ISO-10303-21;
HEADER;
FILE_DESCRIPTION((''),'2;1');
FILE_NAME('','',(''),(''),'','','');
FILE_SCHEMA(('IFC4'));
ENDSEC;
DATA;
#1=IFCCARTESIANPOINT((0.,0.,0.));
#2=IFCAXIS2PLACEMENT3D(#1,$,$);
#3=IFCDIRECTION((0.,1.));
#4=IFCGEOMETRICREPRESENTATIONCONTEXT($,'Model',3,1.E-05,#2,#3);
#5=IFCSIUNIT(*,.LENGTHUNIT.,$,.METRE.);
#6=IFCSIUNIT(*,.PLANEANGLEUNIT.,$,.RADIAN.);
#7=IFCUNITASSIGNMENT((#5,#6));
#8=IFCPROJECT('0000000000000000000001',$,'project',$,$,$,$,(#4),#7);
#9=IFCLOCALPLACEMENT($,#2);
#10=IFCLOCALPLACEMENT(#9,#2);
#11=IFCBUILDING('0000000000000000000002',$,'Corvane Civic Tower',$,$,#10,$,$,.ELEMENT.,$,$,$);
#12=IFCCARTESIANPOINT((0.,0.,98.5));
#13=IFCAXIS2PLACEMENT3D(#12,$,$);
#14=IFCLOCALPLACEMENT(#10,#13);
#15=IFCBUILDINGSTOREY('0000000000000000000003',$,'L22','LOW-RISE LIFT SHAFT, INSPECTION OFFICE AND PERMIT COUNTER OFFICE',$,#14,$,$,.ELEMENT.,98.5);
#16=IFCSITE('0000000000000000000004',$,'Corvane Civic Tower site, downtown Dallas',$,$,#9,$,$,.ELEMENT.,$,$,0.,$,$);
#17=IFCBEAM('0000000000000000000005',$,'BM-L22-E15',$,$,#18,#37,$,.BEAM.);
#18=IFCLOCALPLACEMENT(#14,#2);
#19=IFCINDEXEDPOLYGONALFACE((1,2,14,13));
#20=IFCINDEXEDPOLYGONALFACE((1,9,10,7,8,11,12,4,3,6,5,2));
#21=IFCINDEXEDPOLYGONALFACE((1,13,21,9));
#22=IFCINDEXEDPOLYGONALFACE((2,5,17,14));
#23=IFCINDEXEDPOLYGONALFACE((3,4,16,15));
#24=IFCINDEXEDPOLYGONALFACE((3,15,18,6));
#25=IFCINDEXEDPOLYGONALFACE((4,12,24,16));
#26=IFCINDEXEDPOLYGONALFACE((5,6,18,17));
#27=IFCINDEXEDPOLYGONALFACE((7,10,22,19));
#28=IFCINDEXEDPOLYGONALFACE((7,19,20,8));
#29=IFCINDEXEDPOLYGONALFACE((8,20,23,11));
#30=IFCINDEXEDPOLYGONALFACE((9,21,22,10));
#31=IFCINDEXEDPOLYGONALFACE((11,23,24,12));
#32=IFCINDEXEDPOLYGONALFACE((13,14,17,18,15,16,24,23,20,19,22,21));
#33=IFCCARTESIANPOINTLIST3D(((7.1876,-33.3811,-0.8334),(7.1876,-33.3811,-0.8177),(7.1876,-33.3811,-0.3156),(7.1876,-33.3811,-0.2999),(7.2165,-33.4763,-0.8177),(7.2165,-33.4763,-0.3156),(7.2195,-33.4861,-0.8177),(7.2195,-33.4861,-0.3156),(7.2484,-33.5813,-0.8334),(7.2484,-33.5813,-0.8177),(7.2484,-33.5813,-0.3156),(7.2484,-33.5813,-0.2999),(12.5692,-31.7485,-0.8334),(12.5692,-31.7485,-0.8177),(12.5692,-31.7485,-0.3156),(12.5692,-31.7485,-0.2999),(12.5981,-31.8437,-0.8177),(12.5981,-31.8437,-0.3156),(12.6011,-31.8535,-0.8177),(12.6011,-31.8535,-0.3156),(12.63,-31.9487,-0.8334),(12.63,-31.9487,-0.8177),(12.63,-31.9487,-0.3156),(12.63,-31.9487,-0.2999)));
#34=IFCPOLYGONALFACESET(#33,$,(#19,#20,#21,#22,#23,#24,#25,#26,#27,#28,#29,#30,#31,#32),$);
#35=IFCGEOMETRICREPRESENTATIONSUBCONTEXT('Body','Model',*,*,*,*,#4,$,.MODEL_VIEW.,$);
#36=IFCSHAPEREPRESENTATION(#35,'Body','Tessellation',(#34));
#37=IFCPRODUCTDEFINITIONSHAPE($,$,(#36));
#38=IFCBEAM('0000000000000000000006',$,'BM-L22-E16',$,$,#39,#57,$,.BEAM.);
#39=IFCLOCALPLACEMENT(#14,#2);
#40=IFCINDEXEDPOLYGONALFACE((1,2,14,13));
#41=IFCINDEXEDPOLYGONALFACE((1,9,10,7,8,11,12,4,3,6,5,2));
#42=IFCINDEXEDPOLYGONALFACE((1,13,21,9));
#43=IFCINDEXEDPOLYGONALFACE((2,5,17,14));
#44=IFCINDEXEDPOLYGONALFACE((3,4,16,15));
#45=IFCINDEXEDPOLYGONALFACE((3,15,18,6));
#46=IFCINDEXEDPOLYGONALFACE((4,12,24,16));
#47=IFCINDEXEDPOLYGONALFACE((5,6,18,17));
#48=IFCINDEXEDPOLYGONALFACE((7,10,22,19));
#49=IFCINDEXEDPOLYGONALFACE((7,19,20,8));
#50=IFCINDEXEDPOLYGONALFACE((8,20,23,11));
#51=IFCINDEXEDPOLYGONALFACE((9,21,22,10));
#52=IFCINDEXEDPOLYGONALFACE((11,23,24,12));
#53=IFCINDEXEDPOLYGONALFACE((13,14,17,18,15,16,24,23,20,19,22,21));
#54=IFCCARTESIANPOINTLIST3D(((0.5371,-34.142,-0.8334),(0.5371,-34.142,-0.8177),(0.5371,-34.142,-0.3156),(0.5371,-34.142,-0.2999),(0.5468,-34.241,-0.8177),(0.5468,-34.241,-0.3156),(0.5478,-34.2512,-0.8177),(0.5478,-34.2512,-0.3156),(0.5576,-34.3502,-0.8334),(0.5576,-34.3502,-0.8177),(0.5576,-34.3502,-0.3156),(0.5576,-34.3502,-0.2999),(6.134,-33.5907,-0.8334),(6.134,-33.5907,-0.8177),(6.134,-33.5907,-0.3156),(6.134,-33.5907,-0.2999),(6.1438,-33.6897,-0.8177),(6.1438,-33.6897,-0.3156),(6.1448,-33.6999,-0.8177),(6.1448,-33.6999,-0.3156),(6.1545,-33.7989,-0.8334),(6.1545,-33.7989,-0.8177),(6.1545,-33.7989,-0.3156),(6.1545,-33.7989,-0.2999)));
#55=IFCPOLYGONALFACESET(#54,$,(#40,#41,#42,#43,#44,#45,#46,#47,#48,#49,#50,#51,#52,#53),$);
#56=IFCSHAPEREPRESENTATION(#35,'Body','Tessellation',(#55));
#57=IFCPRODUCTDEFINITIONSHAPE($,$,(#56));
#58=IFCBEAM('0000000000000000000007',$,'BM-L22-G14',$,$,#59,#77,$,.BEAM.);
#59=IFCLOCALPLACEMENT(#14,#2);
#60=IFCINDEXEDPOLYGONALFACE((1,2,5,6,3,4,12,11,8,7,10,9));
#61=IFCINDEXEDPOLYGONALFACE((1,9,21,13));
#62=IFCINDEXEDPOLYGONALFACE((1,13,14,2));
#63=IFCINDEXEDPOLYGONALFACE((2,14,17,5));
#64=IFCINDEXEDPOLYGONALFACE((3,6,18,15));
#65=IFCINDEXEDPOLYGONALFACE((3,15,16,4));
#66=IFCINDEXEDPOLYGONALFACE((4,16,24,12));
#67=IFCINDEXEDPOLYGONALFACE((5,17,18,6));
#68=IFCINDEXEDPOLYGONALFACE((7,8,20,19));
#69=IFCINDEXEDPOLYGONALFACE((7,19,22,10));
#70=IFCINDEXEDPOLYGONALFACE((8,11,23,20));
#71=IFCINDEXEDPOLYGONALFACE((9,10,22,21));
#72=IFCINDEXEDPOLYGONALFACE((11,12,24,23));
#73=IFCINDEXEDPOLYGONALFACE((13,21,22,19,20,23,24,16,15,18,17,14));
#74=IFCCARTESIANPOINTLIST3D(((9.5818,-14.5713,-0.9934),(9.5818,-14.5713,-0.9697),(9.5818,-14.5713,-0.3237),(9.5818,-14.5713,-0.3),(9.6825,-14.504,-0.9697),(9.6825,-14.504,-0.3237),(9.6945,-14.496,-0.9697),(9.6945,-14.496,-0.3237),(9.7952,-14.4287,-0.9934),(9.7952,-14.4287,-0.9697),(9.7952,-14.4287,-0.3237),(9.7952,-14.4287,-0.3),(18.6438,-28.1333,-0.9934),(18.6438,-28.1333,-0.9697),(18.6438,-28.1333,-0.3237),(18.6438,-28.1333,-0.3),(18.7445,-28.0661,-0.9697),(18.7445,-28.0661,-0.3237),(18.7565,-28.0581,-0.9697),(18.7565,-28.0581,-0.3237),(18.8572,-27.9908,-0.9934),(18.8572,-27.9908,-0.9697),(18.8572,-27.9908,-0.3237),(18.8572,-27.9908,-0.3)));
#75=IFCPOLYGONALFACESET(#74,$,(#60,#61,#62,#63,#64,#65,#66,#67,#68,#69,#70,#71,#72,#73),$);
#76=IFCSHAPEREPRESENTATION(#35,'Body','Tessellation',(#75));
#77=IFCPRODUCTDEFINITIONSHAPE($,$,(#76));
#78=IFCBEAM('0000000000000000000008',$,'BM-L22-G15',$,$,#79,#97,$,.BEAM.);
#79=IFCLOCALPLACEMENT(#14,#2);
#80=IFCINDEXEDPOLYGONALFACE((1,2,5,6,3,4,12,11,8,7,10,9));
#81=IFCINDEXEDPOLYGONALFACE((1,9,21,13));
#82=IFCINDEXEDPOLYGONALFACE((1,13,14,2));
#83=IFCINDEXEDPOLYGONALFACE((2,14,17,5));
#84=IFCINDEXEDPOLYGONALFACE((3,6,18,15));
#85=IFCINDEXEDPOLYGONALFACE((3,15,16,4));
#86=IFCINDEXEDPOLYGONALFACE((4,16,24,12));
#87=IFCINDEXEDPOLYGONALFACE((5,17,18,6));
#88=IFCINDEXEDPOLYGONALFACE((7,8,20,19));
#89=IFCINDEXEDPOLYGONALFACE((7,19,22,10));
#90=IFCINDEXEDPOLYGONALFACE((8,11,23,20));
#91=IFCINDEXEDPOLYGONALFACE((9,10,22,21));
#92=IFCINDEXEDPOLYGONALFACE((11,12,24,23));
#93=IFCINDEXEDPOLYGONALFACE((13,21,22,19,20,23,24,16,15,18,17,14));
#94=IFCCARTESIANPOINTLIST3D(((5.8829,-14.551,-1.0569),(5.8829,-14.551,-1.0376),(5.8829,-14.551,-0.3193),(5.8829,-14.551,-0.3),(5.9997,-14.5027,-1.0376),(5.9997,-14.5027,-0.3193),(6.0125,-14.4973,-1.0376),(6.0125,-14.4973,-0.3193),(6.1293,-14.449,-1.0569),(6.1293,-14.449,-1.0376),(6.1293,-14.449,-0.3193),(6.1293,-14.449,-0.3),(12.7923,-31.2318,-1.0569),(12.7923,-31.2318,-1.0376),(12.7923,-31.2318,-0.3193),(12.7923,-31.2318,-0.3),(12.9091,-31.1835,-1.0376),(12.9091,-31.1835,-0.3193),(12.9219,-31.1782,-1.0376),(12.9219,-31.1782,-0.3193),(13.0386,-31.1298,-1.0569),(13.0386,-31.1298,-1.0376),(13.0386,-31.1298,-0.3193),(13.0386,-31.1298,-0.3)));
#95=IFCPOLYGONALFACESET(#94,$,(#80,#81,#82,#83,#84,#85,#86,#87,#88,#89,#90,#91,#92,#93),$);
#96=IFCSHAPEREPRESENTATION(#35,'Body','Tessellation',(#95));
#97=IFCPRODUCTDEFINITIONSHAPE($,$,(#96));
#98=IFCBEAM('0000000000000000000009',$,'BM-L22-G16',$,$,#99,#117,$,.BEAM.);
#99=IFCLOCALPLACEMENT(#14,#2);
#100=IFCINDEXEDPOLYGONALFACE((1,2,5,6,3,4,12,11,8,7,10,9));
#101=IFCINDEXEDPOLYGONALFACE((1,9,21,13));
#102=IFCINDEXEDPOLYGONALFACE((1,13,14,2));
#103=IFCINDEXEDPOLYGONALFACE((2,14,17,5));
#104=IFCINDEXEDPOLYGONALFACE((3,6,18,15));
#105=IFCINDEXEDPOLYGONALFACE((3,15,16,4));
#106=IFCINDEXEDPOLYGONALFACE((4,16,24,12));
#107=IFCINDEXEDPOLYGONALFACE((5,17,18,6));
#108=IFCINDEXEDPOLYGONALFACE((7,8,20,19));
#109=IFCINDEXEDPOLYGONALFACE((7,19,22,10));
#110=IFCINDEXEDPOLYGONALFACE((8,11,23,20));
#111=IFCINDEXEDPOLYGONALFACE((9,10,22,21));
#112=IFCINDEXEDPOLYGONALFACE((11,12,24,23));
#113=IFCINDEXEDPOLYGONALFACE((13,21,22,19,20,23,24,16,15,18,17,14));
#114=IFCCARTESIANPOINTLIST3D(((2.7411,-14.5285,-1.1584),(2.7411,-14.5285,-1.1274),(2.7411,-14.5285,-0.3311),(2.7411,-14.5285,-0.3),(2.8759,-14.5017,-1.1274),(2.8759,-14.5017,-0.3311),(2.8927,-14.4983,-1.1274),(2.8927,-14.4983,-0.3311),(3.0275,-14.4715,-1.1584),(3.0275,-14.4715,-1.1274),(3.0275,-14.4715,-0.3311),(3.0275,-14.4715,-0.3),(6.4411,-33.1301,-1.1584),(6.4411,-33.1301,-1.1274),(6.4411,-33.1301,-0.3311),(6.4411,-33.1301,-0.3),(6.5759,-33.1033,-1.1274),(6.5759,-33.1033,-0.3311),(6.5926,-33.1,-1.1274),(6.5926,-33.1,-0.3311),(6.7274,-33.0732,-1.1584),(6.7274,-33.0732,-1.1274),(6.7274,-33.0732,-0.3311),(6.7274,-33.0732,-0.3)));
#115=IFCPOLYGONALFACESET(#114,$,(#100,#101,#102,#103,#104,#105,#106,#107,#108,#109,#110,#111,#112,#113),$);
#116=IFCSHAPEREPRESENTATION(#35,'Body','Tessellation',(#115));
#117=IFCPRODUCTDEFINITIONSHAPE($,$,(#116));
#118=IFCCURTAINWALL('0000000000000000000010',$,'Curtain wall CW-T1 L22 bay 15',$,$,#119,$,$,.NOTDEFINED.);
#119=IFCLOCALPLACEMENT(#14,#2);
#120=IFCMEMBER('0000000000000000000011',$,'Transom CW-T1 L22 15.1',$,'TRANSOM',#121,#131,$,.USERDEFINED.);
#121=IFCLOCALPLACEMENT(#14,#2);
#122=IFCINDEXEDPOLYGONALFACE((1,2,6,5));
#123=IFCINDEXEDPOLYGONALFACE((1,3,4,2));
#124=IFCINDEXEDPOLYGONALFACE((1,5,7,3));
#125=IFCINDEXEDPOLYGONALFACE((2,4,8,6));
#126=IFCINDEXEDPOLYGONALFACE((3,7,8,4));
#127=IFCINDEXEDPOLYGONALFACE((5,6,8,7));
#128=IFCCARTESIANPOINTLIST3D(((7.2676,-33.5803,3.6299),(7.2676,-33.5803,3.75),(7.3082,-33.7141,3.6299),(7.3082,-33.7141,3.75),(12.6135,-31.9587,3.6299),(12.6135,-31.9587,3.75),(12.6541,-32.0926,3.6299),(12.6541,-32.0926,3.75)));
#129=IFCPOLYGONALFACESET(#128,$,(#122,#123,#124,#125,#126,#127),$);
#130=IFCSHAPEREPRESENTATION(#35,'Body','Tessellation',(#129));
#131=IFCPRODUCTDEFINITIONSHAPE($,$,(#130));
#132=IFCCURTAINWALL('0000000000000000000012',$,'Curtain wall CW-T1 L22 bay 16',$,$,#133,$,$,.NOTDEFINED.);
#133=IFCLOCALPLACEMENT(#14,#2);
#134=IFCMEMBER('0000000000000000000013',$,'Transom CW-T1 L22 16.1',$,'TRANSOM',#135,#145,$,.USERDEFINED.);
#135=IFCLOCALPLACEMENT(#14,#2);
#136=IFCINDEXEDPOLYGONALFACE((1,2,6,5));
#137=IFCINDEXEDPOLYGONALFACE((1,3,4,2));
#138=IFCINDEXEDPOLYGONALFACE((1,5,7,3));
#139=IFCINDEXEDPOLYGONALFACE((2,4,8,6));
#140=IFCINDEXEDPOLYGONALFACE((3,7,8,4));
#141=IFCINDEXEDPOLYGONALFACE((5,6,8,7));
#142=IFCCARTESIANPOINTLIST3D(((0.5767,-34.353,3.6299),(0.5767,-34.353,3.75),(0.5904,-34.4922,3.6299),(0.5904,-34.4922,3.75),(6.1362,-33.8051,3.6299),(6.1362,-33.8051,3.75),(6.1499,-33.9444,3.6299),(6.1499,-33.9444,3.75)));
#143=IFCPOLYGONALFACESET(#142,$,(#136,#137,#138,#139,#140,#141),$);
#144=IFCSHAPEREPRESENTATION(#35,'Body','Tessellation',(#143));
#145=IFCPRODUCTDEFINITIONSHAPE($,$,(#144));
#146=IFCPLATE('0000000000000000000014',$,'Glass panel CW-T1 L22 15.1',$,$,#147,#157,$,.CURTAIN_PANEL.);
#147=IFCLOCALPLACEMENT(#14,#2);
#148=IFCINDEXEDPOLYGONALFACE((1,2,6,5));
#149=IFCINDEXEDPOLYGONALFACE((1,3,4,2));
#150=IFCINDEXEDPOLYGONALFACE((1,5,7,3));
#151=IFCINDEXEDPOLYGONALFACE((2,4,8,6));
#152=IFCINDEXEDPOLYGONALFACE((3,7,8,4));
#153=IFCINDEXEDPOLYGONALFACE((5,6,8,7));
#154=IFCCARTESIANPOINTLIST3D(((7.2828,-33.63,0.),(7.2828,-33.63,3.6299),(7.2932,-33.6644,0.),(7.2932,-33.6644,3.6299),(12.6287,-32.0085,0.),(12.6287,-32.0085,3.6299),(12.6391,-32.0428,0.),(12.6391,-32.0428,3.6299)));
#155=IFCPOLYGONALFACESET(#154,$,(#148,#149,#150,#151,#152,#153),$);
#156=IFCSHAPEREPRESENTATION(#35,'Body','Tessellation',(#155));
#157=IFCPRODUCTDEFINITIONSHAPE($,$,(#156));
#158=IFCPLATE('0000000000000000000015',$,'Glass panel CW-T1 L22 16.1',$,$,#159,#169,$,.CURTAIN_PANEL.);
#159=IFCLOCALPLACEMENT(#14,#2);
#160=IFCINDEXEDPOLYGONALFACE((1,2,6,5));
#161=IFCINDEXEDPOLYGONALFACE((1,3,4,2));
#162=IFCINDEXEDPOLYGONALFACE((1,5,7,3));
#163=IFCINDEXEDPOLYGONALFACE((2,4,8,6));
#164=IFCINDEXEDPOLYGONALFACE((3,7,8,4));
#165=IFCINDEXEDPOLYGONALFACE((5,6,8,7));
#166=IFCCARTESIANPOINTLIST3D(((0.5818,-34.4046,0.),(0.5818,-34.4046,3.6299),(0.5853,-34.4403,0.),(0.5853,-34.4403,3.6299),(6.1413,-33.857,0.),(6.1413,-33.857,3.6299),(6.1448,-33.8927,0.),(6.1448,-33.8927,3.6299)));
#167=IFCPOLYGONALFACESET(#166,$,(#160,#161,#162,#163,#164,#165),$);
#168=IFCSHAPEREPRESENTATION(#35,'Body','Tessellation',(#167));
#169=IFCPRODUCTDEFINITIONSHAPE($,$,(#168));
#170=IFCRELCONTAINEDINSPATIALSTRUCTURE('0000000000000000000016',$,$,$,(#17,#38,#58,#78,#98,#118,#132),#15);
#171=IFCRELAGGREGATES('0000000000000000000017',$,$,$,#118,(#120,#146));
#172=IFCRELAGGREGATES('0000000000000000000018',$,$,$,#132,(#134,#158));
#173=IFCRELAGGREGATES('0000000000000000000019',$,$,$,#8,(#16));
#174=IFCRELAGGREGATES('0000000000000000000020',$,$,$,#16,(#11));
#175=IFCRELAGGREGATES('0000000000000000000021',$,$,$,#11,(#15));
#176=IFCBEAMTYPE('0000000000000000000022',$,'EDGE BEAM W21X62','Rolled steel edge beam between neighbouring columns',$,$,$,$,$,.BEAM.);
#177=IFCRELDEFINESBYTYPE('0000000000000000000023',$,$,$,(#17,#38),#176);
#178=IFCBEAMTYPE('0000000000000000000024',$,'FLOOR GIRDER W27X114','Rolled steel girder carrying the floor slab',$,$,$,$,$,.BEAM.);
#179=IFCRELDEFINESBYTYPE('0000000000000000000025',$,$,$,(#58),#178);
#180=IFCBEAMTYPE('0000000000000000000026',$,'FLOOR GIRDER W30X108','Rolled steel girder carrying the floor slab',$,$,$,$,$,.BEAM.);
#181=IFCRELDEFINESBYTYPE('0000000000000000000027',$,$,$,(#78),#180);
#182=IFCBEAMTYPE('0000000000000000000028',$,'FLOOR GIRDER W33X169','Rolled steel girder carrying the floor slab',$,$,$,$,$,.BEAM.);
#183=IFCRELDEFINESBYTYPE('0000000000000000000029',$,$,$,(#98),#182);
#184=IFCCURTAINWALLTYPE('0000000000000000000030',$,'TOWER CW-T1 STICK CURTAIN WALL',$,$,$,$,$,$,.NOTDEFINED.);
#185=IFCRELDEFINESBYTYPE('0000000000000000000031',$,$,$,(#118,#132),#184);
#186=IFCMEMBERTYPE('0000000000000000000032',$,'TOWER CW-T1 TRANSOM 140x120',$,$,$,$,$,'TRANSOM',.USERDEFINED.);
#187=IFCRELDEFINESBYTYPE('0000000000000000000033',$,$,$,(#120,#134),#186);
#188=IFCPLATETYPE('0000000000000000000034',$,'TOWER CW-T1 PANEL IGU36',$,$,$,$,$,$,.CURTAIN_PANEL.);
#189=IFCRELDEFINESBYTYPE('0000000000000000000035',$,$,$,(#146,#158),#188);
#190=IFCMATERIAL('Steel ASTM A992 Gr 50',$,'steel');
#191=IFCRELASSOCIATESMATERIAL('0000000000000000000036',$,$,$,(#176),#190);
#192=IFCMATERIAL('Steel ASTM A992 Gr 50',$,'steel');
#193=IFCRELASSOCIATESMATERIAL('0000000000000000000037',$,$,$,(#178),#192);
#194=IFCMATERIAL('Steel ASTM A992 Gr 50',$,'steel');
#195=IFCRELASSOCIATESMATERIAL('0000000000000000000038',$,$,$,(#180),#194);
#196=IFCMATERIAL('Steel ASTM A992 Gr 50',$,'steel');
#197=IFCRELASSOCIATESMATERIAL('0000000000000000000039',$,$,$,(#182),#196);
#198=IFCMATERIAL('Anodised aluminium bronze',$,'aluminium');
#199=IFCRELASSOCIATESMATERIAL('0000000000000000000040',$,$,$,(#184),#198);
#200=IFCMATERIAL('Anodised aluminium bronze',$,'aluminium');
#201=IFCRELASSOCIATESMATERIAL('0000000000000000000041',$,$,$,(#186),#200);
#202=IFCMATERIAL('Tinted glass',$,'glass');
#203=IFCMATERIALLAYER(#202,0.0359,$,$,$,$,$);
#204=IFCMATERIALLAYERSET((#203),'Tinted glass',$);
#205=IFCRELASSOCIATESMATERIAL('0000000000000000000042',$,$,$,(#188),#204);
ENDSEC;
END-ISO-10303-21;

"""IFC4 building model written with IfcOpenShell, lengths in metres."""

from ifc_helpers import new_model, si_unit, direction, frame, origin, origin_2d, place, context, subcontext, project, spatial, rectangle, i_section, extrude, material, layer, layer_set, material_profile, profile_set, type_object, element, aggregate, save


model = new_model("IFC4")

# Units and contexts
model_context = context("Model", 3, precision=1e-05, world=origin(), true_north=direction((0.0, 1.0)))
body_context = subcontext(model_context, "Body", "Model", "MODEL_VIEW")
ifc_project = project(units=[si_unit("LENGTHUNIT", "METRE"), si_unit("PLANEANGLEUNIT", "RADIAN")], contexts=[model_context])

# Site, building, storey
site_placement = place(None, origin())
site = spatial("IfcSite", under=ifc_project, at=site_placement, Name="Corvane Civic Tower site, downtown Dallas", CompositionType="ELEMENT", RefElevation=0.0)
building_placement = place(site_placement, origin())
building = spatial("IfcBuilding", under=site, at=building_placement, Name="Corvane Civic Tower", CompositionType="ELEMENT")
storey_placement = place(building_placement, frame((0.0, 0.0, 98.5)))
storey = spatial("IfcBuildingStorey", under=building, at=storey_placement, Name="L22", Description="LOW-RISE LIFT SHAFT, INSPECTION OFFICE AND PERMIT COUNTER OFFICE", CompositionType="ELEMENT", Elevation=98.5)

# Beams
ifc_material_1 = material(Name="Steel ASTM A992 Gr 50", Category="steel")
ifc_material_profile_1 = material_profile(ifc_material_1, i_section(OverallWidth=0.2092, OverallDepth=0.5334, WebThickness=0.0103, FlangeThickness=0.0156, at=origin_2d()), Name="W21X62")
ifc_profile_set_1 = profile_set([ifc_material_profile_1], Name="Steel ASTM A992 Gr 50")
beam_type_1 = type_object("IfcBeamType", Name="EDGE BEAM W21X62", Description="Rolled steel edge beam between neighbouring columns", PredefinedType="BEAM", material=ifc_profile_set_1)
beam_1_placement = place(storey_placement, frame((12.5996, -31.8486, -0.5667), z_axis=(-0.956936, -0.290298, 0.0), x_axis=(0.290298, -0.956936, 0.0)))
element("IfcBeam", 1, at=beam_1_placement, inside=storey, type_object=beam_type_1, Name="BM-L22-E15", PredefinedType="BEAM", context=body_context, shape_type="SweptSolid", body=[
    extrude(i_section(OverallWidth=0.2092, OverallDepth=0.5334, WebThickness=0.0103, FlangeThickness=0.0156, at=origin_2d()), origin(), (0.0, 0.0, 1.0), 5.6238),
])
beam_2_placement = place(storey_placement, frame((6.1443, -33.6948, -0.5667), z_axis=(-0.995184, -0.098021, 0.0), x_axis=(0.098021, -0.995184, 0.0)))
element("IfcBeam", 2, at=beam_2_placement, inside=storey, type_object=beam_type_1, Name="BM-L22-E16", PredefinedType="BEAM", context=body_context, shape_type="SweptSolid", body=[
    extrude(i_section(OverallWidth=0.2092, OverallDepth=0.5334, WebThickness=0.0103, FlangeThickness=0.0156, at=origin_2d()), origin(), (0.0, 0.0, 1.0), 5.624),
])
ifc_material_2 = material(Name="Steel ASTM A992 Gr 50", Category="steel")
ifc_material_profile_2 = material_profile(ifc_material_2, i_section(OverallWidth=0.2566, OverallDepth=0.6934, WebThickness=0.0144, FlangeThickness=0.0237, at=origin_2d()), Name="W27X114")
ifc_profile_set_2 = profile_set([ifc_material_profile_2], Name="Steel ASTM A992 Gr 50")
beam_type_2 = type_object("IfcBeamType", Name="FLOOR GIRDER W27X114", Description="Rolled steel girder carrying the floor slab", PredefinedType="BEAM", material=ifc_profile_set_2)
beam_3_placement = place(storey_placement, frame((9.6885, -14.5, -0.6467), z_axis=(0.555577, -0.831465, 0.0), x_axis=(0.831465, 0.555577, 0.0)))
element("IfcBeam", 3, at=beam_3_placement, inside=storey, type_object=beam_type_2, Name="BM-L22-G14", PredefinedType="BEAM", context=body_context, shape_type="SweptSolid", body=[
    extrude(i_section(OverallWidth=0.2566, OverallDepth=0.6934, WebThickness=0.0144, FlangeThickness=0.0237, at=origin_2d()), origin(), (0.0, 0.0, 1.0), 16.311),
])
ifc_material_3 = material(Name="Steel ASTM A992 Gr 50", Category="steel")
ifc_material_profile_3 = material_profile(ifc_material_3, i_section(OverallWidth=0.2666, OverallDepth=0.7568, WebThickness=0.0139, FlangeThickness=0.0193, at=origin_2d()), Name="W30X108")
ifc_profile_set_3 = profile_set([ifc_material_profile_3], Name="Steel ASTM A992 Gr 50")
beam_type_3 = type_object("IfcBeamType", Name="FLOOR GIRDER W30X108", Description="Rolled steel girder carrying the floor slab", PredefinedType="BEAM", material=ifc_profile_set_3)
beam_4_placement = place(storey_placement, frame((6.0061, -14.5, -0.6785), z_axis=(0.382682, -0.92388, 0.0), x_axis=(0.92388, 0.382682, 0.0)))
element("IfcBeam", 4, at=beam_4_placement, inside=storey, type_object=beam_type_3, Name="BM-L22-G15", PredefinedType="BEAM", context=body_context, shape_type="SweptSolid", body=[
    extrude(i_section(OverallWidth=0.2666, OverallDepth=0.7568, WebThickness=0.0139, FlangeThickness=0.0193, at=origin_2d()), origin(), (0.0, 0.0, 1.0), 18.0552),
])
ifc_material_4 = material(Name="Steel ASTM A992 Gr 50", Category="steel")
ifc_material_profile_4 = material_profile(ifc_material_4, i_section(OverallWidth=0.292, OverallDepth=0.8584, WebThickness=0.0171, FlangeThickness=0.031, at=origin_2d()), Name="W33X169")
ifc_profile_set_4 = profile_set([ifc_material_profile_4], Name="Steel ASTM A992 Gr 50")
beam_type_4 = type_object("IfcBeamType", Name="FLOOR GIRDER W33X169", Description="Rolled steel girder carrying the floor slab", PredefinedType="BEAM", material=ifc_profile_set_4)
beam_5_placement = place(storey_placement, frame((2.8843, -14.5, -0.7292), z_axis=(0.195084, -0.980787, 0.0), x_axis=(0.980787, 0.195084, 0.0)))
element("IfcBeam", 5, at=beam_5_placement, inside=storey, type_object=beam_type_4, Name="BM-L22-G16", PredefinedType="BEAM", context=body_context, shape_type="SweptSolid", body=[
    extrude(i_section(OverallWidth=0.292, OverallDepth=0.8584, WebThickness=0.0171, FlangeThickness=0.031, at=origin_2d()), origin(), (0.0, 0.0, 1.0), 18.9661),
])

# Curtain walls, members
ifc_material_5 = material(Name="Anodised aluminium bronze", Category="aluminium")
curtain_wall_type = type_object("IfcCurtainWallType", Name="TOWER CW-T1 STICK CURTAIN WALL", PredefinedType="NOTDEFINED", material=ifc_material_5)
curtain_wall_1_placement = place(storey_placement, origin())
curtain_wall_1 = element("IfcCurtainWall", 6, at=curtain_wall_1_placement, inside=storey, type_object=curtain_wall_type, Name="Curtain wall CW-T1 L22 bay 15", PredefinedType="NOTDEFINED")
ifc_material_6 = material(Name="Anodised aluminium bronze", Category="aluminium")
ifc_material_profile_5 = material_profile(ifc_material_6, rectangle(XDim=0.1399, YDim=0.1201, at=origin_2d()), Name="TOWER CW-T1 TRANSOM 140x120")
ifc_profile_set_5 = profile_set([ifc_material_profile_5], Name="Anodised aluminium bronze")
member_type = type_object("IfcMemberType", Name="TOWER CW-T1 TRANSOM 140x120", ElementType="TRANSOM", PredefinedType="USERDEFINED", material=ifc_profile_set_5)
member_1_placement = place(storey_placement, frame((12.6338, -32.0256, 3.6899), z_axis=(-0.956945, -0.290269, 0.0), x_axis=(0.290269, -0.956945, 0.0)))
member_1 = element("IfcMember", 7, at=member_1_placement, type_object=member_type, Name="Transom CW-T1 L22 15.1", ObjectType="TRANSOM", PredefinedType="USERDEFINED", context=body_context, shape_type="SweptSolid", body=[
    extrude(rectangle(XDim=0.1399, YDim=0.1201, at=origin_2d()), origin(), (0.0, 0.0, 1.0), 5.5864),
])
curtain_wall_2_placement = place(storey_placement, origin())
curtain_wall_2 = element("IfcCurtainWall", 8, at=curtain_wall_2_placement, inside=storey, type_object=curtain_wall_type, Name="Curtain wall CW-T1 L22 bay 16", PredefinedType="NOTDEFINED")
member_2_placement = place(storey_placement, frame((6.1431, -33.8748, 3.6899), z_axis=(-0.99518, -0.098067, 0.0), x_axis=(0.098067, -0.99518, 0.0)))
member_2 = element("IfcMember", 9, at=member_2_placement, type_object=member_type, Name="Transom CW-T1 L22 16.1", ObjectType="TRANSOM", PredefinedType="USERDEFINED", context=body_context, shape_type="SweptSolid", body=[
    extrude(rectangle(XDim=0.1399, YDim=0.1201, at=origin_2d()), origin(), (0.0, 0.0, 1.0), 5.5864),
])

# Plates
ifc_material_7 = material(Name="Tinted glass", Category="glass")
ifc_layer_1 = layer(ifc_material_7, 0.0359)
ifc_layer_set_1 = layer_set([ifc_layer_1], Name="Tinted glass")
plate_type = type_object("IfcPlateType", Name="TOWER CW-T1 PANEL IGU36", PredefinedType="CURTAIN_PANEL", material=ifc_layer_set_1)
plate_1_placement = place(storey_placement, frame((9.9609, -32.8364, 0.0), z_axis=(0.0, 0.0, 1.0), x_axis=(-0.956946, -0.290266, 0.0)))
plate_1 = element("IfcPlate", 10, at=plate_1_placement, type_object=plate_type, Name="Glass panel CW-T1 L22 15.1", PredefinedType="CURTAIN_PANEL", context=body_context, shape_type="SweptSolid", body=[
    extrude(rectangle(XDim=5.5864, YDim=0.0359, at=origin_2d()), origin(), (0.0, 0.0, 1.0), 3.6299),
])
aggregate(curtain_wall_1, [member_1, plate_1])
plate_2_placement = place(storey_placement, frame((3.3633, -34.1487, 0.0), z_axis=(0.0, 0.0, 1.0), x_axis=(-0.995184, -0.098027, 0.0)))
plate_2 = element("IfcPlate", 11, at=plate_2_placement, type_object=plate_type, Name="Glass panel CW-T1 L22 16.1", PredefinedType="CURTAIN_PANEL", context=body_context, shape_type="SweptSolid", body=[
    extrude(rectangle(XDim=5.5864, YDim=0.0359, at=origin_2d()), origin(), (0.0, 0.0, 1.0), 3.6299),
])
aggregate(curtain_wall_2, [member_2, plate_2])

save(model, "model.ifc")
